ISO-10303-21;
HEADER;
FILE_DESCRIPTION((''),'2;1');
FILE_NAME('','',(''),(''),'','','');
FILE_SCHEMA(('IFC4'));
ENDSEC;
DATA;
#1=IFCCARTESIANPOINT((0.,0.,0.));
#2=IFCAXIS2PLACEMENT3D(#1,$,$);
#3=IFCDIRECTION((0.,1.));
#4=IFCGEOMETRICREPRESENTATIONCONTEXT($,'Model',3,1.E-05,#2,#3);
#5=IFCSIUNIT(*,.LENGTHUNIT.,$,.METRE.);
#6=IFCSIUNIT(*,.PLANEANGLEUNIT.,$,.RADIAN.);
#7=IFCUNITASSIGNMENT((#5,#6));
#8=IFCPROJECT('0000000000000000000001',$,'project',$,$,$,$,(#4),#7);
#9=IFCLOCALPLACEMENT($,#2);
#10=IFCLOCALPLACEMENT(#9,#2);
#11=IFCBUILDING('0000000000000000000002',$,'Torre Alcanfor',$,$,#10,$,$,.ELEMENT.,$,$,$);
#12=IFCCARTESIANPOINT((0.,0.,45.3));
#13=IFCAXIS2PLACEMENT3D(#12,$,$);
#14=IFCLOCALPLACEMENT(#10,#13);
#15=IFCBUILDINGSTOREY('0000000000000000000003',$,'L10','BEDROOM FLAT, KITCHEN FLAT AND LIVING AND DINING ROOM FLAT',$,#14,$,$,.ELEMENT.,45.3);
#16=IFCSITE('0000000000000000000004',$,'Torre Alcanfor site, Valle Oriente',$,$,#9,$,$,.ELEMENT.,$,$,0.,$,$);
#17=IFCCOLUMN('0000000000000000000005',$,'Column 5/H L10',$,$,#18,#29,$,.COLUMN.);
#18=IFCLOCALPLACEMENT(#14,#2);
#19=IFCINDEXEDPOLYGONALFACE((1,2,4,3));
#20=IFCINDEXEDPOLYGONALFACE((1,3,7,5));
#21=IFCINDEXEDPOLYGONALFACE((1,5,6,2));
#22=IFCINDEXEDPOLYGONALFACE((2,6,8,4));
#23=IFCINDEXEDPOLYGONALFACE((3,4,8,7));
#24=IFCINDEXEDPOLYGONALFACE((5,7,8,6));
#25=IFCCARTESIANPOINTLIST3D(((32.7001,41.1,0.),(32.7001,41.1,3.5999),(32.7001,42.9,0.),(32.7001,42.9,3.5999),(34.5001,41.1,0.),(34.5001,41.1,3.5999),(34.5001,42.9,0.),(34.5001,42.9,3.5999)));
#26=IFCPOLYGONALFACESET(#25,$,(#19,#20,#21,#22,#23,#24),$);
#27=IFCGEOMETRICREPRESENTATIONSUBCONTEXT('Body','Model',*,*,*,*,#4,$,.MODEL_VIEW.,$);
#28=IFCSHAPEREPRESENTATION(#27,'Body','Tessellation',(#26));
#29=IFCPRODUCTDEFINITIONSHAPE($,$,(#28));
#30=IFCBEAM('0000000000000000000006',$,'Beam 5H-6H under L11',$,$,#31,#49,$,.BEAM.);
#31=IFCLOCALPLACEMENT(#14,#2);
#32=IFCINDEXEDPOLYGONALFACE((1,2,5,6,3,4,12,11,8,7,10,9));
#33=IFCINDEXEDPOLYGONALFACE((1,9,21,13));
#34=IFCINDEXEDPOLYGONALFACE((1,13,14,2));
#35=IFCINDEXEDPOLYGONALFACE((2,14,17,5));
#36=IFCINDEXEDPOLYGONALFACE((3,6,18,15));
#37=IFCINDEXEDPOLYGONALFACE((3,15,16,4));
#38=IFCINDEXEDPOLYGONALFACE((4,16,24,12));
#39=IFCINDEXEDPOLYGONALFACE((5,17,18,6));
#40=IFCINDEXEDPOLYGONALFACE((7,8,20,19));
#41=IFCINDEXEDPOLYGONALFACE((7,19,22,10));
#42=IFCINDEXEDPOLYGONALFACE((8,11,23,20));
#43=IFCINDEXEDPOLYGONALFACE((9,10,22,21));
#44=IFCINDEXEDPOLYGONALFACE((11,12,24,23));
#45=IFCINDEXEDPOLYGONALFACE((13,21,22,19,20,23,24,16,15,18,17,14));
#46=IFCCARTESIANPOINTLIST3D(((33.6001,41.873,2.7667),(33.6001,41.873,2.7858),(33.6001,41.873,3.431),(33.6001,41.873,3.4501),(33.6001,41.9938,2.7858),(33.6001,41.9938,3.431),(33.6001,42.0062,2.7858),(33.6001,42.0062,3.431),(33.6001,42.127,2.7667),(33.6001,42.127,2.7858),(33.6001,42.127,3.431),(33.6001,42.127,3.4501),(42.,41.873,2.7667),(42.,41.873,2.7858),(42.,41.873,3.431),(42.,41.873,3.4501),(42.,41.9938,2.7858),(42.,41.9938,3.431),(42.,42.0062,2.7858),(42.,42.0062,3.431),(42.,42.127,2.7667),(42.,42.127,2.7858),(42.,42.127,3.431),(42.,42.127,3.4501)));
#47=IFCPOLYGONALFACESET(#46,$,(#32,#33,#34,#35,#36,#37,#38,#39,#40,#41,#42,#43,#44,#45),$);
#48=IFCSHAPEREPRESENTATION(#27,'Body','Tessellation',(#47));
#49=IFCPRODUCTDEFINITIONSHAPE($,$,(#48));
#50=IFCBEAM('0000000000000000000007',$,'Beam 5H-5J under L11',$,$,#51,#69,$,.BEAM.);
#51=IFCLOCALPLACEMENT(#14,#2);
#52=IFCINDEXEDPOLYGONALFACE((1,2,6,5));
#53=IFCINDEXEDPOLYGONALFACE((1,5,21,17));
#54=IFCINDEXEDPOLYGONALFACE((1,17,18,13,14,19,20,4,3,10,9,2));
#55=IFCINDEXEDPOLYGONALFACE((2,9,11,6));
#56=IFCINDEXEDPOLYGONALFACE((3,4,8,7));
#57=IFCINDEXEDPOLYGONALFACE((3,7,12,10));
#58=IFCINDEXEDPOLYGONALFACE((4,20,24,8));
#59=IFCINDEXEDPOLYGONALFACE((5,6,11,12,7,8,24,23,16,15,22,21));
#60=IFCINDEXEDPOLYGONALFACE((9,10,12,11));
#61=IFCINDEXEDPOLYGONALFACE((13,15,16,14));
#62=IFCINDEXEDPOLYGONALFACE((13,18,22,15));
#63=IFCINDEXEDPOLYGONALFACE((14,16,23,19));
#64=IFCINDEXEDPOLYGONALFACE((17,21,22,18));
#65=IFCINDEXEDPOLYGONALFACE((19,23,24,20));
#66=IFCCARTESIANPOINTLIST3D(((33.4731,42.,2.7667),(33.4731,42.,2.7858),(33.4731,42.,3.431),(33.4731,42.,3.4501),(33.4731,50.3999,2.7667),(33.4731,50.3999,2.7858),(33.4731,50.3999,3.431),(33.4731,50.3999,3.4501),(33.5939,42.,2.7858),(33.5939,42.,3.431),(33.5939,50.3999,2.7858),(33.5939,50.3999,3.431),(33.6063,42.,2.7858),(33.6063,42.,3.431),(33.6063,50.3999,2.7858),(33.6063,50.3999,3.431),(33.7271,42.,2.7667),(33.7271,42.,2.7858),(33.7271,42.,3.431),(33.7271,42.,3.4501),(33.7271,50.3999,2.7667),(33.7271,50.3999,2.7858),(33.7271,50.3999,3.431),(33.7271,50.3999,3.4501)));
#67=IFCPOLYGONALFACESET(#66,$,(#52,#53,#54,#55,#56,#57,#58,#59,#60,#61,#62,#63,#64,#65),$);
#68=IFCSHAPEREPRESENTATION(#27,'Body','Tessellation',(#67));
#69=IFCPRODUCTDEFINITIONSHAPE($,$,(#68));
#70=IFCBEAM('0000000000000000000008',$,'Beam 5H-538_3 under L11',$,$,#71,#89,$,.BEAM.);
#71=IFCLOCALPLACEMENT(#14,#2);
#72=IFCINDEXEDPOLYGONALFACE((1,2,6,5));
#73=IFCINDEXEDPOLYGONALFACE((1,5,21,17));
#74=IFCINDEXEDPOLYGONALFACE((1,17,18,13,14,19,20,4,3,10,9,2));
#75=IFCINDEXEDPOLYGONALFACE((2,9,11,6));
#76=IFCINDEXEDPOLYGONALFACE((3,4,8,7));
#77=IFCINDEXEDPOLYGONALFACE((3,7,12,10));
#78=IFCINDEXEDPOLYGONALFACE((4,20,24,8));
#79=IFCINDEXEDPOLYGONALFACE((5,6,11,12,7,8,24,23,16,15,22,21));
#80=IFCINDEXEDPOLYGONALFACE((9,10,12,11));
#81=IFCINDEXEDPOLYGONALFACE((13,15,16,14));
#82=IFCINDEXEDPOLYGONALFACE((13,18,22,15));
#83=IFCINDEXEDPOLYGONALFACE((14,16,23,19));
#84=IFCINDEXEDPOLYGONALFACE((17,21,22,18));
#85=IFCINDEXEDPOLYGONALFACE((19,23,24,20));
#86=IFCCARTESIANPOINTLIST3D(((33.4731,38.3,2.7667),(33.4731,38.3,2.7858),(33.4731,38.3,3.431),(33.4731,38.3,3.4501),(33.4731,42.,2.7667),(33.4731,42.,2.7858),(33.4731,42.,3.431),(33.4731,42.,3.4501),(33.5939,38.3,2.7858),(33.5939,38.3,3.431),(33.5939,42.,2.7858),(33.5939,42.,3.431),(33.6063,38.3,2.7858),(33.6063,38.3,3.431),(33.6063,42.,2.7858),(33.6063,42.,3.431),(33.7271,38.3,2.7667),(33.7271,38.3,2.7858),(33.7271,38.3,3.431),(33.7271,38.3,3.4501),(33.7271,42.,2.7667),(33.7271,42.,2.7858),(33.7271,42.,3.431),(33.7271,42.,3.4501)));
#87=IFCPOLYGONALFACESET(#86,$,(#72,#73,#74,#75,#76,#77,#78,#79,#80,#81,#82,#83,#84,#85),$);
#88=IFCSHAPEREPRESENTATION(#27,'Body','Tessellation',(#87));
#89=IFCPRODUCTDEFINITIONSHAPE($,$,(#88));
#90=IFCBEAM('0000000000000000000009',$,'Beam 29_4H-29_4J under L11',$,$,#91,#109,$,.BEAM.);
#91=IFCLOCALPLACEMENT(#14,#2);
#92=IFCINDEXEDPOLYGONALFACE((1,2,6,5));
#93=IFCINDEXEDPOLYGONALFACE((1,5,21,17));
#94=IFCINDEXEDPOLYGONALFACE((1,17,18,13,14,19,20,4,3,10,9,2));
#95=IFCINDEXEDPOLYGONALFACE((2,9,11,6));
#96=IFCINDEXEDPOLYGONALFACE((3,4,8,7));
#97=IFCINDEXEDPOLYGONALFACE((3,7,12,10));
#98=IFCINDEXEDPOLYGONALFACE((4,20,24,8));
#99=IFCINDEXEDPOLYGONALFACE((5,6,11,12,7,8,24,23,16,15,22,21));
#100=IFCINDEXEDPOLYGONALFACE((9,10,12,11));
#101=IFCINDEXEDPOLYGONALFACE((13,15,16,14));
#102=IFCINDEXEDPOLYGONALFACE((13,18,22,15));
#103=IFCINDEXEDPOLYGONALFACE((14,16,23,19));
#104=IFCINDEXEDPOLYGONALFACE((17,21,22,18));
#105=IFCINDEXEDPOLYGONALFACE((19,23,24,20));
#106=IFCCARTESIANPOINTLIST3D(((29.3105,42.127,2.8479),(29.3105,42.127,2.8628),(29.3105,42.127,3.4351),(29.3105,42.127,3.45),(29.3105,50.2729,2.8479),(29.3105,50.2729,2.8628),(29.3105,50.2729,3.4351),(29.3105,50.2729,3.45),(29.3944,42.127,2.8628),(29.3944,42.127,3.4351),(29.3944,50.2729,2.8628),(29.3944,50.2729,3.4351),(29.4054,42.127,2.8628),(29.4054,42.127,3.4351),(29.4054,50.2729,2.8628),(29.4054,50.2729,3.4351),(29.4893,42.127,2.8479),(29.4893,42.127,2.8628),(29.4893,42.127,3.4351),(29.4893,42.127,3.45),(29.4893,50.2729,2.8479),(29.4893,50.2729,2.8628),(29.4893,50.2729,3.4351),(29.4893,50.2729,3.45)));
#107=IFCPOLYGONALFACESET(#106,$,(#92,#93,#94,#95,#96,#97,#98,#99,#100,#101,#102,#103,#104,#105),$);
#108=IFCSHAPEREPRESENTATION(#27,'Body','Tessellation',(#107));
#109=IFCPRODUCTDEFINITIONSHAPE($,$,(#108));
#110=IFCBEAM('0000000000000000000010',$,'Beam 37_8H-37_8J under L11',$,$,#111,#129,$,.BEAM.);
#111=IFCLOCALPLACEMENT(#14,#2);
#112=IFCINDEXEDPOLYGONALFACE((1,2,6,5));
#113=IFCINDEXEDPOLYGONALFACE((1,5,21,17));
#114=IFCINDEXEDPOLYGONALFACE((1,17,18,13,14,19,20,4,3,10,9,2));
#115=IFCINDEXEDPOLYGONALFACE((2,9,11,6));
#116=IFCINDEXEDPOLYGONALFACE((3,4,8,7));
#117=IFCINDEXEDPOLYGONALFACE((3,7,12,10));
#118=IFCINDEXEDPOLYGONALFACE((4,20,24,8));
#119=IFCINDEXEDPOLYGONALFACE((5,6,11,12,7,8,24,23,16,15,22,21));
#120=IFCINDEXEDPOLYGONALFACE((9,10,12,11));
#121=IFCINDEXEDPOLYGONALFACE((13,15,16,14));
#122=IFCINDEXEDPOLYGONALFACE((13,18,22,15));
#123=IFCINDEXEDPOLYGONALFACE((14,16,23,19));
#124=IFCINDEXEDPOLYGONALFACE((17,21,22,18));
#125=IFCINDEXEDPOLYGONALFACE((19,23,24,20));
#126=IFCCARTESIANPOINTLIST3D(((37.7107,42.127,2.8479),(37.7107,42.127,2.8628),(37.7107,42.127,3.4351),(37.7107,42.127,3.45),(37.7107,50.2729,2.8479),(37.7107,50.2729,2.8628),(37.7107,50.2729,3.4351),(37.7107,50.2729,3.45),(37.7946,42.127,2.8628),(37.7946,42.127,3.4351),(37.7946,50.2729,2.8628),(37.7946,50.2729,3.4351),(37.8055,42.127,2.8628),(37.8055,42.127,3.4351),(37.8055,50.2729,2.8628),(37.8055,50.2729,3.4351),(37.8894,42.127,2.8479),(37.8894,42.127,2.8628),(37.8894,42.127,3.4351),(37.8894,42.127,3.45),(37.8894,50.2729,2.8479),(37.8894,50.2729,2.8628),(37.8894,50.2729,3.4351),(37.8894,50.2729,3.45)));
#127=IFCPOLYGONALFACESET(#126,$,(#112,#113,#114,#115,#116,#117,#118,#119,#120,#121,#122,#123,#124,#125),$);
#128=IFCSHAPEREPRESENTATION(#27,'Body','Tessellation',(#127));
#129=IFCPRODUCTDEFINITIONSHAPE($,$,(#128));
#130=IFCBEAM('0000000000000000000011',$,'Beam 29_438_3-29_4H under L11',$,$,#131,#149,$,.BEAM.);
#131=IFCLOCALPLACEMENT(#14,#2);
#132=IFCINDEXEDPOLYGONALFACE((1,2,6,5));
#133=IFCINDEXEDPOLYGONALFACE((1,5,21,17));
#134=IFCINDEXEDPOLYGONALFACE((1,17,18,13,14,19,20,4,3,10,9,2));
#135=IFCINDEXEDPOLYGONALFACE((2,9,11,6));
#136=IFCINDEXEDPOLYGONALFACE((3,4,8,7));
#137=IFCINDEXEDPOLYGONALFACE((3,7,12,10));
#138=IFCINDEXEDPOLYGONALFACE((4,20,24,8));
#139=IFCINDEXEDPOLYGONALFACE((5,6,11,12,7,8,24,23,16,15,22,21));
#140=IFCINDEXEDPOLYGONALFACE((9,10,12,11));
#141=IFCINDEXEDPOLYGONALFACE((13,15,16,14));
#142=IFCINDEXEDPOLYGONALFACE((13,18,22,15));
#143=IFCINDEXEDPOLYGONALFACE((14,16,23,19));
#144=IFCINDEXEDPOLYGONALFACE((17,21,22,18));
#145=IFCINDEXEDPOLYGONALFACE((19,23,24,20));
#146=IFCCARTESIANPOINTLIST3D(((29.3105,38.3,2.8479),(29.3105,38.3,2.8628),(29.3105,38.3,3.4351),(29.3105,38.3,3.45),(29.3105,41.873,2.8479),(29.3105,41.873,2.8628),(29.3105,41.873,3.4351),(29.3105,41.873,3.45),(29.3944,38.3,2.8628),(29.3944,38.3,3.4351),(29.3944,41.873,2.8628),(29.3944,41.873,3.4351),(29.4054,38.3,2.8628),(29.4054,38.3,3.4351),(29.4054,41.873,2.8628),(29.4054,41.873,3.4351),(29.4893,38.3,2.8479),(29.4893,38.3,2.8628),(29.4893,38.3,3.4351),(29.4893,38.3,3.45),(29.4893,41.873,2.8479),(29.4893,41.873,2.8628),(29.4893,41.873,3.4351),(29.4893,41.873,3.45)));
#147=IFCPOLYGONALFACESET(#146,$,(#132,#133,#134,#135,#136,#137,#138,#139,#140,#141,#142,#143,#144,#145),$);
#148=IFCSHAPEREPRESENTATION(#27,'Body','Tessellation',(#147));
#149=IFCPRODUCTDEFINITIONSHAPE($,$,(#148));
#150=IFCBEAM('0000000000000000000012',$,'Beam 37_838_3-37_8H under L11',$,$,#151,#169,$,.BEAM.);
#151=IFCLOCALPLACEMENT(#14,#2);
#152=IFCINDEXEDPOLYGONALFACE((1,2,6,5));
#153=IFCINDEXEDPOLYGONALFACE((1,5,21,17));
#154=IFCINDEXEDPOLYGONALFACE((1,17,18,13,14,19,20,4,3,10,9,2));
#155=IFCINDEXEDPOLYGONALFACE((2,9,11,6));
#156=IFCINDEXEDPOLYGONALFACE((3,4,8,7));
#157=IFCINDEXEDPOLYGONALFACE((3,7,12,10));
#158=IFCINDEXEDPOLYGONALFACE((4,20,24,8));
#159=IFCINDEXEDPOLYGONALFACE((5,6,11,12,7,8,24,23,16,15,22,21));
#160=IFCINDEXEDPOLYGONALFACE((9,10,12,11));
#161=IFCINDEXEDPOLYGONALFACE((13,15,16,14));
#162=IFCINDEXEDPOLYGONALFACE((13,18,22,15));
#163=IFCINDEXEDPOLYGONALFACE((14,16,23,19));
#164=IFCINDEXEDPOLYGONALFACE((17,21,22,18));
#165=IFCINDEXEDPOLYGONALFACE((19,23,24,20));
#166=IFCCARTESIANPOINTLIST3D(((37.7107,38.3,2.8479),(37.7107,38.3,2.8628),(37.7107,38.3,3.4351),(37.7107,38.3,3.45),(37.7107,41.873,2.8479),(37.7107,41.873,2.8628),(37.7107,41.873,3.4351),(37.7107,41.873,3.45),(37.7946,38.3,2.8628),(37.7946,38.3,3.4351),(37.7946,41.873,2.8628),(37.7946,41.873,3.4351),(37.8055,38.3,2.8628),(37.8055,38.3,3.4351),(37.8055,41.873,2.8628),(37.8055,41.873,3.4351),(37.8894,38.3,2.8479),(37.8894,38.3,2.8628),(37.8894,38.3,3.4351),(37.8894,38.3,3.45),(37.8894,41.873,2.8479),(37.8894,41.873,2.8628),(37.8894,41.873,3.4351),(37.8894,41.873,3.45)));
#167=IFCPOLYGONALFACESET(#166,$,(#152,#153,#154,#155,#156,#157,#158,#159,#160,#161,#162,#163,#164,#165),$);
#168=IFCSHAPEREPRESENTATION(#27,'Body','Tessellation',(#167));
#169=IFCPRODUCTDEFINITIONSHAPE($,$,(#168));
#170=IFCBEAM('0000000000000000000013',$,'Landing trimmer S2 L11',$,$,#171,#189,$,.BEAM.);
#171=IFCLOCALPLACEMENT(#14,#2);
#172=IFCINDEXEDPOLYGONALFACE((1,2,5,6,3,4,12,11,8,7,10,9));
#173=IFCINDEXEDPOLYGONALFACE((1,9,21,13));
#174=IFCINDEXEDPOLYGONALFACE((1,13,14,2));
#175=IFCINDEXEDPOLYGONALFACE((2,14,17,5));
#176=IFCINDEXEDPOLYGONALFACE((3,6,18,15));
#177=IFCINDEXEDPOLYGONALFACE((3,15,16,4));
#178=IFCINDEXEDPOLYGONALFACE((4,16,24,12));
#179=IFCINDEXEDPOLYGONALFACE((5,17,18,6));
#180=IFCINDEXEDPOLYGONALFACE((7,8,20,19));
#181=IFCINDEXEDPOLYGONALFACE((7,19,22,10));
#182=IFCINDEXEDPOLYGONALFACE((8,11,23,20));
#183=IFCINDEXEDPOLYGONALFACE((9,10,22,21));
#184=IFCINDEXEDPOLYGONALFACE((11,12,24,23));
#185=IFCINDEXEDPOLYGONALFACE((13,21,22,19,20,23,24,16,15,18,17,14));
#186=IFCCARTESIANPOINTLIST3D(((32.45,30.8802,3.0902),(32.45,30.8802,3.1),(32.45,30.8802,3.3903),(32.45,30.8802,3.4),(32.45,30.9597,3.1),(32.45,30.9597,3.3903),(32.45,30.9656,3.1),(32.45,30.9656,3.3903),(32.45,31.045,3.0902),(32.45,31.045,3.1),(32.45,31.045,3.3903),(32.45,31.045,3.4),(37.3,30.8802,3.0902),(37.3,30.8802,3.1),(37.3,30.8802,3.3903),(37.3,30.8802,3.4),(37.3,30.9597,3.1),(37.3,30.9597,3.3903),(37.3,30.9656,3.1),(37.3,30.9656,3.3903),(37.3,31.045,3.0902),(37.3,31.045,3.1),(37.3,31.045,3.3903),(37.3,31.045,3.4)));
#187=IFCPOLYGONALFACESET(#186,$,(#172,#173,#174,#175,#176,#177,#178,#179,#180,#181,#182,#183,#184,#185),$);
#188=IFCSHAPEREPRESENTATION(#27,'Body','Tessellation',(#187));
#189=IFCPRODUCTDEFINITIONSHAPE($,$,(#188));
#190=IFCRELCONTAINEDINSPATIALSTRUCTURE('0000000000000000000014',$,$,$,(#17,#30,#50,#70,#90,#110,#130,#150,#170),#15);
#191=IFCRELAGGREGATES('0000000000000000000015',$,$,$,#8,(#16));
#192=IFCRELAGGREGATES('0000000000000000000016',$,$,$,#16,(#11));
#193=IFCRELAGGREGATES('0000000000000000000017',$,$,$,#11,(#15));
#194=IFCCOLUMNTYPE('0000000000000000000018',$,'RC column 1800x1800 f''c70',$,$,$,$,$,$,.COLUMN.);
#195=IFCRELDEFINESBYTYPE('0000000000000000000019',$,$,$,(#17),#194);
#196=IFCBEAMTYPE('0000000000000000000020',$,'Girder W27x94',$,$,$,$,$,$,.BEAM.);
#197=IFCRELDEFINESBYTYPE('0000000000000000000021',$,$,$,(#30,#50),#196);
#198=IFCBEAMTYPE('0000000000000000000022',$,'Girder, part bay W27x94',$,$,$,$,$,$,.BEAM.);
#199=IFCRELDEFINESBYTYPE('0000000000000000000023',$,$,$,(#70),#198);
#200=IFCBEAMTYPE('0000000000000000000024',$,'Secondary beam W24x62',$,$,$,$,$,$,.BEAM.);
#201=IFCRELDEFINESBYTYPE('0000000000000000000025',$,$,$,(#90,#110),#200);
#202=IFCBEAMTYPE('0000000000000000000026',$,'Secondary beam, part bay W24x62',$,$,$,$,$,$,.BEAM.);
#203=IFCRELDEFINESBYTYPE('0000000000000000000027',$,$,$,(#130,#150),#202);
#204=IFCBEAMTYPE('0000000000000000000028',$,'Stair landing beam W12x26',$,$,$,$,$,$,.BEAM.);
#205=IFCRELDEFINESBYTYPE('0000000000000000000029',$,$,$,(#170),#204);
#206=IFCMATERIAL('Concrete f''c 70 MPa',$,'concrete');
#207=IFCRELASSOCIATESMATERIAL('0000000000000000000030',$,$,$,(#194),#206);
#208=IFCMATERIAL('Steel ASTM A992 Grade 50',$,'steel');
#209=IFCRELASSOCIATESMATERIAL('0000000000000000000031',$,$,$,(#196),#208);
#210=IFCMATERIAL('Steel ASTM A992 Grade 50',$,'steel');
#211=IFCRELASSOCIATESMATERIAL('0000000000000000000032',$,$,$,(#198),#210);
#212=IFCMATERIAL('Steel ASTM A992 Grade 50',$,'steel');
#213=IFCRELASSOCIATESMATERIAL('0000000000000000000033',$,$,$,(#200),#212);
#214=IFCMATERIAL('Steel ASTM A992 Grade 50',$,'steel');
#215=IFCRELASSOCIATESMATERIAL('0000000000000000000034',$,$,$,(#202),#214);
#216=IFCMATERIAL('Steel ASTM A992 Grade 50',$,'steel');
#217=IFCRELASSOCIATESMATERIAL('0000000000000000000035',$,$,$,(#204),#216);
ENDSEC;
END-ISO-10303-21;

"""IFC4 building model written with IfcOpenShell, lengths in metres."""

from ifc_helpers import new_model, si_unit, direction, frame, origin, origin_2d, place, context, subcontext, project, spatial, rectangle, i_section, extrude, material, material_profile, profile_set, type_object, element, save


model = new_model("IFC4")

# Units and contexts
model_context = context("Model", 3, precision=1e-05, world=origin(), true_north=direction((0.0, 1.0)))
body_context = subcontext(model_context, "Body", "Model", "MODEL_VIEW")
ifc_project = project(units=[si_unit("LENGTHUNIT", "METRE"), si_unit("PLANEANGLEUNIT", "RADIAN")], contexts=[model_context])

# Site, building, storey
site_placement = place(None, origin())
site = spatial("IfcSite", under=ifc_project, at=site_placement, Name="Torre Alcanfor site, Valle Oriente", CompositionType="ELEMENT", RefElevation=0.0)
building_placement = place(site_placement, origin())
building = spatial("IfcBuilding", under=site, at=building_placement, Name="Torre Alcanfor", CompositionType="ELEMENT")
storey_placement = place(building_placement, frame((0.0, 0.0, 45.3)))
storey = spatial("IfcBuildingStorey", under=building, at=storey_placement, Name="L10", Description="BEDROOM FLAT, KITCHEN FLAT AND LIVING AND DINING ROOM FLAT", CompositionType="ELEMENT", Elevation=45.3)

# Column
ifc_material_1 = material(Name="Concrete f'c 70 MPa", Category="concrete")
ifc_material_profile_1 = material_profile(ifc_material_1, rectangle(XDim=1.8, YDim=1.8, at=origin_2d()), Name="1800x1800")
ifc_profile_set_1 = profile_set([ifc_material_profile_1], Name="Concrete f'c 70 MPa")
column_type = type_object("IfcColumnType", Name="RC column 1800x1800 f'c70", PredefinedType="COLUMN", material=ifc_profile_set_1)
column_placement = place(storey_placement, frame((33.6001, 42.0, 0.0), z_axis=(0.0, 0.0, 1.0), x_axis=(1.0, 0.0, 0.0)))
element("IfcColumn", 1, at=column_placement, inside=storey, type_object=column_type, Name="Column 5/H L10", PredefinedType="COLUMN", context=body_context, shape_type="SweptSolid", body=[
    extrude(rectangle(XDim=1.8, YDim=1.8, at=origin_2d()), origin(), (0.0, 0.0, 1.0), 3.5999),
])

# Beams
ifc_material_2 = material(Name="Steel ASTM A992 Grade 50", Category="steel")
ifc_material_profile_2 = material_profile(ifc_material_2, i_section(OverallWidth=0.2539, OverallDepth=0.6833, WebThickness=0.0125, FlangeThickness=0.019, at=origin_2d()), Name="W27x94")
ifc_profile_set_2 = profile_set([ifc_material_profile_2], Name="Steel ASTM A992 Grade 50")
beam_type_1 = type_object("IfcBeamType", Name="Girder W27x94", PredefinedType="BEAM", material=ifc_profile_set_2)
for number, where, z_axis, x_axis, name in (
    (2, (33.6001, 42.0, 3.1084), (1.0, 0.0, 0.0), (0.0, 1.0, 0.0), "Beam 5H-6H under L11"),
    (3, (33.6001, 42.0, 3.1084), (0.0, 1.0, 0.0), (-1.0, 0.0, 0.0), "Beam 5H-5J under L11"),
):
    element("IfcBeam", number, at=place(storey_placement, frame(where, z_axis=z_axis, x_axis=x_axis)), inside=storey, type_object=beam_type_1, Name=name, PredefinedType="BEAM", context=body_context, shape_type="SweptSolid", body=[
        extrude(i_section(OverallWidth=0.2539, OverallDepth=0.6833, WebThickness=0.0125, FlangeThickness=0.019, at=origin_2d()), origin(), (0.0, 0.0, 1.0), 8.3999),
    ])
ifc_material_3 = material(Name="Steel ASTM A992 Grade 50", Category="steel")
ifc_material_profile_3 = material_profile(ifc_material_3, i_section(OverallWidth=0.2539, OverallDepth=0.6833, WebThickness=0.0125, FlangeThickness=0.019, at=origin_2d()), Name="W27x94")
ifc_profile_set_3 = profile_set([ifc_material_profile_3], Name="Steel ASTM A992 Grade 50")
beam_type_2 = type_object("IfcBeamType", Name="Girder, part bay W27x94", PredefinedType="BEAM", material=ifc_profile_set_3)
beam_1_placement = place(storey_placement, frame((33.6001, 42.0, 3.1084), z_axis=(0.0, -1.0, 0.0), x_axis=(1.0, 0.0, 0.0)))
element("IfcBeam", 4, at=beam_1_placement, inside=storey, type_object=beam_type_2, Name="Beam 5H-538_3 under L11", PredefinedType="BEAM", context=body_context, shape_type="SweptSolid", body=[
    extrude(i_section(OverallWidth=0.2539, OverallDepth=0.6833, WebThickness=0.0125, FlangeThickness=0.019, at=origin_2d()), origin(), (0.0, 0.0, 1.0), 3.7),
])
ifc_material_4 = material(Name="Steel ASTM A992 Grade 50", Category="steel")
ifc_material_profile_4 = material_profile(ifc_material_4, i_section(OverallWidth=0.1787, OverallDepth=0.6021, WebThickness=0.011, FlangeThickness=0.0149, at=origin_2d()), Name="W24x62")
ifc_profile_set_4 = profile_set([ifc_material_profile_4], Name="Steel ASTM A992 Grade 50")
beam_type_3 = type_object("IfcBeamType", Name="Secondary beam W24x62", PredefinedType="BEAM", material=ifc_profile_set_4)
for number, where, z_axis, x_axis, name in (
    (5, (29.3999, 42.127, 3.1489), (0.0, 1.0, 0.0), (-1.0, 0.0, 0.0), "Beam 29_4H-29_4J under L11"),
    (6, (37.8, 42.127, 3.1489), (0.0, 1.0, 0.0), (-1.0, 0.0, 0.0), "Beam 37_8H-37_8J under L11"),
):
    element("IfcBeam", number, at=place(storey_placement, frame(where, z_axis=z_axis, x_axis=x_axis)), inside=storey, type_object=beam_type_3, Name=name, PredefinedType="BEAM", context=body_context, shape_type="SweptSolid", body=[
        extrude(i_section(OverallWidth=0.1787, OverallDepth=0.6021, WebThickness=0.011, FlangeThickness=0.0149, at=origin_2d()), origin(), (0.0, 0.0, 1.0), 8.146),
    ])
ifc_material_5 = material(Name="Steel ASTM A992 Grade 50", Category="steel")
ifc_material_profile_5 = material_profile(ifc_material_5, i_section(OverallWidth=0.1787, OverallDepth=0.6021, WebThickness=0.011, FlangeThickness=0.0149, at=origin_2d()), Name="W24x62")
ifc_profile_set_5 = profile_set([ifc_material_profile_5], Name="Steel ASTM A992 Grade 50")
beam_type_4 = type_object("IfcBeamType", Name="Secondary beam, part bay W24x62", PredefinedType="BEAM", material=ifc_profile_set_5)
for number, where, z_axis, x_axis, name in (
    (7, (29.3999, 38.3, 3.1489), (0.0, 1.0, 0.0), (-1.0, 0.0, 0.0), "Beam 29_438_3-29_4H under L11"),
    (8, (37.8, 38.3, 3.1489), (0.0, 1.0, 0.0), (-1.0, 0.0, 0.0), "Beam 37_838_3-37_8H under L11"),
):
    element("IfcBeam", number, at=place(storey_placement, frame(where, z_axis=z_axis, x_axis=x_axis)), inside=storey, type_object=beam_type_4, Name=name, PredefinedType="BEAM", context=body_context, shape_type="SweptSolid", body=[
        extrude(i_section(OverallWidth=0.1787, OverallDepth=0.6021, WebThickness=0.011, FlangeThickness=0.0149, at=origin_2d()), origin(), (0.0, 0.0, 1.0), 3.573),
    ])
ifc_material_6 = material(Name="Steel ASTM A992 Grade 50", Category="steel")
ifc_material_profile_6 = material_profile(ifc_material_6, i_section(OverallWidth=0.1648, OverallDepth=0.3098, WebThickness=0.0059, FlangeThickness=0.0098, at=origin_2d()), Name="W12x26")
ifc_profile_set_6 = profile_set([ifc_material_profile_6], Name="Steel ASTM A992 Grade 50")
beam_type_5 = type_object("IfcBeamType", Name="Stair landing beam W12x26", PredefinedType="BEAM", material=ifc_profile_set_6)
beam_2_placement = place(storey_placement, frame((32.45, 30.9626, 3.2451), z_axis=(1.0, 0.0, 0.0), x_axis=(0.0, 1.0, 0.0)))
element("IfcBeam", 9, at=beam_2_placement, inside=storey, type_object=beam_type_5, Name="Landing trimmer S2 L11", PredefinedType="BEAM", context=body_context, shape_type="SweptSolid", body=[
    extrude(i_section(OverallWidth=0.1648, OverallDepth=0.3098, WebThickness=0.0059, FlangeThickness=0.0098, at=origin_2d()), origin(), (0.0, 0.0, 1.0), 4.8501),
])

save(model, "model.ifc")
